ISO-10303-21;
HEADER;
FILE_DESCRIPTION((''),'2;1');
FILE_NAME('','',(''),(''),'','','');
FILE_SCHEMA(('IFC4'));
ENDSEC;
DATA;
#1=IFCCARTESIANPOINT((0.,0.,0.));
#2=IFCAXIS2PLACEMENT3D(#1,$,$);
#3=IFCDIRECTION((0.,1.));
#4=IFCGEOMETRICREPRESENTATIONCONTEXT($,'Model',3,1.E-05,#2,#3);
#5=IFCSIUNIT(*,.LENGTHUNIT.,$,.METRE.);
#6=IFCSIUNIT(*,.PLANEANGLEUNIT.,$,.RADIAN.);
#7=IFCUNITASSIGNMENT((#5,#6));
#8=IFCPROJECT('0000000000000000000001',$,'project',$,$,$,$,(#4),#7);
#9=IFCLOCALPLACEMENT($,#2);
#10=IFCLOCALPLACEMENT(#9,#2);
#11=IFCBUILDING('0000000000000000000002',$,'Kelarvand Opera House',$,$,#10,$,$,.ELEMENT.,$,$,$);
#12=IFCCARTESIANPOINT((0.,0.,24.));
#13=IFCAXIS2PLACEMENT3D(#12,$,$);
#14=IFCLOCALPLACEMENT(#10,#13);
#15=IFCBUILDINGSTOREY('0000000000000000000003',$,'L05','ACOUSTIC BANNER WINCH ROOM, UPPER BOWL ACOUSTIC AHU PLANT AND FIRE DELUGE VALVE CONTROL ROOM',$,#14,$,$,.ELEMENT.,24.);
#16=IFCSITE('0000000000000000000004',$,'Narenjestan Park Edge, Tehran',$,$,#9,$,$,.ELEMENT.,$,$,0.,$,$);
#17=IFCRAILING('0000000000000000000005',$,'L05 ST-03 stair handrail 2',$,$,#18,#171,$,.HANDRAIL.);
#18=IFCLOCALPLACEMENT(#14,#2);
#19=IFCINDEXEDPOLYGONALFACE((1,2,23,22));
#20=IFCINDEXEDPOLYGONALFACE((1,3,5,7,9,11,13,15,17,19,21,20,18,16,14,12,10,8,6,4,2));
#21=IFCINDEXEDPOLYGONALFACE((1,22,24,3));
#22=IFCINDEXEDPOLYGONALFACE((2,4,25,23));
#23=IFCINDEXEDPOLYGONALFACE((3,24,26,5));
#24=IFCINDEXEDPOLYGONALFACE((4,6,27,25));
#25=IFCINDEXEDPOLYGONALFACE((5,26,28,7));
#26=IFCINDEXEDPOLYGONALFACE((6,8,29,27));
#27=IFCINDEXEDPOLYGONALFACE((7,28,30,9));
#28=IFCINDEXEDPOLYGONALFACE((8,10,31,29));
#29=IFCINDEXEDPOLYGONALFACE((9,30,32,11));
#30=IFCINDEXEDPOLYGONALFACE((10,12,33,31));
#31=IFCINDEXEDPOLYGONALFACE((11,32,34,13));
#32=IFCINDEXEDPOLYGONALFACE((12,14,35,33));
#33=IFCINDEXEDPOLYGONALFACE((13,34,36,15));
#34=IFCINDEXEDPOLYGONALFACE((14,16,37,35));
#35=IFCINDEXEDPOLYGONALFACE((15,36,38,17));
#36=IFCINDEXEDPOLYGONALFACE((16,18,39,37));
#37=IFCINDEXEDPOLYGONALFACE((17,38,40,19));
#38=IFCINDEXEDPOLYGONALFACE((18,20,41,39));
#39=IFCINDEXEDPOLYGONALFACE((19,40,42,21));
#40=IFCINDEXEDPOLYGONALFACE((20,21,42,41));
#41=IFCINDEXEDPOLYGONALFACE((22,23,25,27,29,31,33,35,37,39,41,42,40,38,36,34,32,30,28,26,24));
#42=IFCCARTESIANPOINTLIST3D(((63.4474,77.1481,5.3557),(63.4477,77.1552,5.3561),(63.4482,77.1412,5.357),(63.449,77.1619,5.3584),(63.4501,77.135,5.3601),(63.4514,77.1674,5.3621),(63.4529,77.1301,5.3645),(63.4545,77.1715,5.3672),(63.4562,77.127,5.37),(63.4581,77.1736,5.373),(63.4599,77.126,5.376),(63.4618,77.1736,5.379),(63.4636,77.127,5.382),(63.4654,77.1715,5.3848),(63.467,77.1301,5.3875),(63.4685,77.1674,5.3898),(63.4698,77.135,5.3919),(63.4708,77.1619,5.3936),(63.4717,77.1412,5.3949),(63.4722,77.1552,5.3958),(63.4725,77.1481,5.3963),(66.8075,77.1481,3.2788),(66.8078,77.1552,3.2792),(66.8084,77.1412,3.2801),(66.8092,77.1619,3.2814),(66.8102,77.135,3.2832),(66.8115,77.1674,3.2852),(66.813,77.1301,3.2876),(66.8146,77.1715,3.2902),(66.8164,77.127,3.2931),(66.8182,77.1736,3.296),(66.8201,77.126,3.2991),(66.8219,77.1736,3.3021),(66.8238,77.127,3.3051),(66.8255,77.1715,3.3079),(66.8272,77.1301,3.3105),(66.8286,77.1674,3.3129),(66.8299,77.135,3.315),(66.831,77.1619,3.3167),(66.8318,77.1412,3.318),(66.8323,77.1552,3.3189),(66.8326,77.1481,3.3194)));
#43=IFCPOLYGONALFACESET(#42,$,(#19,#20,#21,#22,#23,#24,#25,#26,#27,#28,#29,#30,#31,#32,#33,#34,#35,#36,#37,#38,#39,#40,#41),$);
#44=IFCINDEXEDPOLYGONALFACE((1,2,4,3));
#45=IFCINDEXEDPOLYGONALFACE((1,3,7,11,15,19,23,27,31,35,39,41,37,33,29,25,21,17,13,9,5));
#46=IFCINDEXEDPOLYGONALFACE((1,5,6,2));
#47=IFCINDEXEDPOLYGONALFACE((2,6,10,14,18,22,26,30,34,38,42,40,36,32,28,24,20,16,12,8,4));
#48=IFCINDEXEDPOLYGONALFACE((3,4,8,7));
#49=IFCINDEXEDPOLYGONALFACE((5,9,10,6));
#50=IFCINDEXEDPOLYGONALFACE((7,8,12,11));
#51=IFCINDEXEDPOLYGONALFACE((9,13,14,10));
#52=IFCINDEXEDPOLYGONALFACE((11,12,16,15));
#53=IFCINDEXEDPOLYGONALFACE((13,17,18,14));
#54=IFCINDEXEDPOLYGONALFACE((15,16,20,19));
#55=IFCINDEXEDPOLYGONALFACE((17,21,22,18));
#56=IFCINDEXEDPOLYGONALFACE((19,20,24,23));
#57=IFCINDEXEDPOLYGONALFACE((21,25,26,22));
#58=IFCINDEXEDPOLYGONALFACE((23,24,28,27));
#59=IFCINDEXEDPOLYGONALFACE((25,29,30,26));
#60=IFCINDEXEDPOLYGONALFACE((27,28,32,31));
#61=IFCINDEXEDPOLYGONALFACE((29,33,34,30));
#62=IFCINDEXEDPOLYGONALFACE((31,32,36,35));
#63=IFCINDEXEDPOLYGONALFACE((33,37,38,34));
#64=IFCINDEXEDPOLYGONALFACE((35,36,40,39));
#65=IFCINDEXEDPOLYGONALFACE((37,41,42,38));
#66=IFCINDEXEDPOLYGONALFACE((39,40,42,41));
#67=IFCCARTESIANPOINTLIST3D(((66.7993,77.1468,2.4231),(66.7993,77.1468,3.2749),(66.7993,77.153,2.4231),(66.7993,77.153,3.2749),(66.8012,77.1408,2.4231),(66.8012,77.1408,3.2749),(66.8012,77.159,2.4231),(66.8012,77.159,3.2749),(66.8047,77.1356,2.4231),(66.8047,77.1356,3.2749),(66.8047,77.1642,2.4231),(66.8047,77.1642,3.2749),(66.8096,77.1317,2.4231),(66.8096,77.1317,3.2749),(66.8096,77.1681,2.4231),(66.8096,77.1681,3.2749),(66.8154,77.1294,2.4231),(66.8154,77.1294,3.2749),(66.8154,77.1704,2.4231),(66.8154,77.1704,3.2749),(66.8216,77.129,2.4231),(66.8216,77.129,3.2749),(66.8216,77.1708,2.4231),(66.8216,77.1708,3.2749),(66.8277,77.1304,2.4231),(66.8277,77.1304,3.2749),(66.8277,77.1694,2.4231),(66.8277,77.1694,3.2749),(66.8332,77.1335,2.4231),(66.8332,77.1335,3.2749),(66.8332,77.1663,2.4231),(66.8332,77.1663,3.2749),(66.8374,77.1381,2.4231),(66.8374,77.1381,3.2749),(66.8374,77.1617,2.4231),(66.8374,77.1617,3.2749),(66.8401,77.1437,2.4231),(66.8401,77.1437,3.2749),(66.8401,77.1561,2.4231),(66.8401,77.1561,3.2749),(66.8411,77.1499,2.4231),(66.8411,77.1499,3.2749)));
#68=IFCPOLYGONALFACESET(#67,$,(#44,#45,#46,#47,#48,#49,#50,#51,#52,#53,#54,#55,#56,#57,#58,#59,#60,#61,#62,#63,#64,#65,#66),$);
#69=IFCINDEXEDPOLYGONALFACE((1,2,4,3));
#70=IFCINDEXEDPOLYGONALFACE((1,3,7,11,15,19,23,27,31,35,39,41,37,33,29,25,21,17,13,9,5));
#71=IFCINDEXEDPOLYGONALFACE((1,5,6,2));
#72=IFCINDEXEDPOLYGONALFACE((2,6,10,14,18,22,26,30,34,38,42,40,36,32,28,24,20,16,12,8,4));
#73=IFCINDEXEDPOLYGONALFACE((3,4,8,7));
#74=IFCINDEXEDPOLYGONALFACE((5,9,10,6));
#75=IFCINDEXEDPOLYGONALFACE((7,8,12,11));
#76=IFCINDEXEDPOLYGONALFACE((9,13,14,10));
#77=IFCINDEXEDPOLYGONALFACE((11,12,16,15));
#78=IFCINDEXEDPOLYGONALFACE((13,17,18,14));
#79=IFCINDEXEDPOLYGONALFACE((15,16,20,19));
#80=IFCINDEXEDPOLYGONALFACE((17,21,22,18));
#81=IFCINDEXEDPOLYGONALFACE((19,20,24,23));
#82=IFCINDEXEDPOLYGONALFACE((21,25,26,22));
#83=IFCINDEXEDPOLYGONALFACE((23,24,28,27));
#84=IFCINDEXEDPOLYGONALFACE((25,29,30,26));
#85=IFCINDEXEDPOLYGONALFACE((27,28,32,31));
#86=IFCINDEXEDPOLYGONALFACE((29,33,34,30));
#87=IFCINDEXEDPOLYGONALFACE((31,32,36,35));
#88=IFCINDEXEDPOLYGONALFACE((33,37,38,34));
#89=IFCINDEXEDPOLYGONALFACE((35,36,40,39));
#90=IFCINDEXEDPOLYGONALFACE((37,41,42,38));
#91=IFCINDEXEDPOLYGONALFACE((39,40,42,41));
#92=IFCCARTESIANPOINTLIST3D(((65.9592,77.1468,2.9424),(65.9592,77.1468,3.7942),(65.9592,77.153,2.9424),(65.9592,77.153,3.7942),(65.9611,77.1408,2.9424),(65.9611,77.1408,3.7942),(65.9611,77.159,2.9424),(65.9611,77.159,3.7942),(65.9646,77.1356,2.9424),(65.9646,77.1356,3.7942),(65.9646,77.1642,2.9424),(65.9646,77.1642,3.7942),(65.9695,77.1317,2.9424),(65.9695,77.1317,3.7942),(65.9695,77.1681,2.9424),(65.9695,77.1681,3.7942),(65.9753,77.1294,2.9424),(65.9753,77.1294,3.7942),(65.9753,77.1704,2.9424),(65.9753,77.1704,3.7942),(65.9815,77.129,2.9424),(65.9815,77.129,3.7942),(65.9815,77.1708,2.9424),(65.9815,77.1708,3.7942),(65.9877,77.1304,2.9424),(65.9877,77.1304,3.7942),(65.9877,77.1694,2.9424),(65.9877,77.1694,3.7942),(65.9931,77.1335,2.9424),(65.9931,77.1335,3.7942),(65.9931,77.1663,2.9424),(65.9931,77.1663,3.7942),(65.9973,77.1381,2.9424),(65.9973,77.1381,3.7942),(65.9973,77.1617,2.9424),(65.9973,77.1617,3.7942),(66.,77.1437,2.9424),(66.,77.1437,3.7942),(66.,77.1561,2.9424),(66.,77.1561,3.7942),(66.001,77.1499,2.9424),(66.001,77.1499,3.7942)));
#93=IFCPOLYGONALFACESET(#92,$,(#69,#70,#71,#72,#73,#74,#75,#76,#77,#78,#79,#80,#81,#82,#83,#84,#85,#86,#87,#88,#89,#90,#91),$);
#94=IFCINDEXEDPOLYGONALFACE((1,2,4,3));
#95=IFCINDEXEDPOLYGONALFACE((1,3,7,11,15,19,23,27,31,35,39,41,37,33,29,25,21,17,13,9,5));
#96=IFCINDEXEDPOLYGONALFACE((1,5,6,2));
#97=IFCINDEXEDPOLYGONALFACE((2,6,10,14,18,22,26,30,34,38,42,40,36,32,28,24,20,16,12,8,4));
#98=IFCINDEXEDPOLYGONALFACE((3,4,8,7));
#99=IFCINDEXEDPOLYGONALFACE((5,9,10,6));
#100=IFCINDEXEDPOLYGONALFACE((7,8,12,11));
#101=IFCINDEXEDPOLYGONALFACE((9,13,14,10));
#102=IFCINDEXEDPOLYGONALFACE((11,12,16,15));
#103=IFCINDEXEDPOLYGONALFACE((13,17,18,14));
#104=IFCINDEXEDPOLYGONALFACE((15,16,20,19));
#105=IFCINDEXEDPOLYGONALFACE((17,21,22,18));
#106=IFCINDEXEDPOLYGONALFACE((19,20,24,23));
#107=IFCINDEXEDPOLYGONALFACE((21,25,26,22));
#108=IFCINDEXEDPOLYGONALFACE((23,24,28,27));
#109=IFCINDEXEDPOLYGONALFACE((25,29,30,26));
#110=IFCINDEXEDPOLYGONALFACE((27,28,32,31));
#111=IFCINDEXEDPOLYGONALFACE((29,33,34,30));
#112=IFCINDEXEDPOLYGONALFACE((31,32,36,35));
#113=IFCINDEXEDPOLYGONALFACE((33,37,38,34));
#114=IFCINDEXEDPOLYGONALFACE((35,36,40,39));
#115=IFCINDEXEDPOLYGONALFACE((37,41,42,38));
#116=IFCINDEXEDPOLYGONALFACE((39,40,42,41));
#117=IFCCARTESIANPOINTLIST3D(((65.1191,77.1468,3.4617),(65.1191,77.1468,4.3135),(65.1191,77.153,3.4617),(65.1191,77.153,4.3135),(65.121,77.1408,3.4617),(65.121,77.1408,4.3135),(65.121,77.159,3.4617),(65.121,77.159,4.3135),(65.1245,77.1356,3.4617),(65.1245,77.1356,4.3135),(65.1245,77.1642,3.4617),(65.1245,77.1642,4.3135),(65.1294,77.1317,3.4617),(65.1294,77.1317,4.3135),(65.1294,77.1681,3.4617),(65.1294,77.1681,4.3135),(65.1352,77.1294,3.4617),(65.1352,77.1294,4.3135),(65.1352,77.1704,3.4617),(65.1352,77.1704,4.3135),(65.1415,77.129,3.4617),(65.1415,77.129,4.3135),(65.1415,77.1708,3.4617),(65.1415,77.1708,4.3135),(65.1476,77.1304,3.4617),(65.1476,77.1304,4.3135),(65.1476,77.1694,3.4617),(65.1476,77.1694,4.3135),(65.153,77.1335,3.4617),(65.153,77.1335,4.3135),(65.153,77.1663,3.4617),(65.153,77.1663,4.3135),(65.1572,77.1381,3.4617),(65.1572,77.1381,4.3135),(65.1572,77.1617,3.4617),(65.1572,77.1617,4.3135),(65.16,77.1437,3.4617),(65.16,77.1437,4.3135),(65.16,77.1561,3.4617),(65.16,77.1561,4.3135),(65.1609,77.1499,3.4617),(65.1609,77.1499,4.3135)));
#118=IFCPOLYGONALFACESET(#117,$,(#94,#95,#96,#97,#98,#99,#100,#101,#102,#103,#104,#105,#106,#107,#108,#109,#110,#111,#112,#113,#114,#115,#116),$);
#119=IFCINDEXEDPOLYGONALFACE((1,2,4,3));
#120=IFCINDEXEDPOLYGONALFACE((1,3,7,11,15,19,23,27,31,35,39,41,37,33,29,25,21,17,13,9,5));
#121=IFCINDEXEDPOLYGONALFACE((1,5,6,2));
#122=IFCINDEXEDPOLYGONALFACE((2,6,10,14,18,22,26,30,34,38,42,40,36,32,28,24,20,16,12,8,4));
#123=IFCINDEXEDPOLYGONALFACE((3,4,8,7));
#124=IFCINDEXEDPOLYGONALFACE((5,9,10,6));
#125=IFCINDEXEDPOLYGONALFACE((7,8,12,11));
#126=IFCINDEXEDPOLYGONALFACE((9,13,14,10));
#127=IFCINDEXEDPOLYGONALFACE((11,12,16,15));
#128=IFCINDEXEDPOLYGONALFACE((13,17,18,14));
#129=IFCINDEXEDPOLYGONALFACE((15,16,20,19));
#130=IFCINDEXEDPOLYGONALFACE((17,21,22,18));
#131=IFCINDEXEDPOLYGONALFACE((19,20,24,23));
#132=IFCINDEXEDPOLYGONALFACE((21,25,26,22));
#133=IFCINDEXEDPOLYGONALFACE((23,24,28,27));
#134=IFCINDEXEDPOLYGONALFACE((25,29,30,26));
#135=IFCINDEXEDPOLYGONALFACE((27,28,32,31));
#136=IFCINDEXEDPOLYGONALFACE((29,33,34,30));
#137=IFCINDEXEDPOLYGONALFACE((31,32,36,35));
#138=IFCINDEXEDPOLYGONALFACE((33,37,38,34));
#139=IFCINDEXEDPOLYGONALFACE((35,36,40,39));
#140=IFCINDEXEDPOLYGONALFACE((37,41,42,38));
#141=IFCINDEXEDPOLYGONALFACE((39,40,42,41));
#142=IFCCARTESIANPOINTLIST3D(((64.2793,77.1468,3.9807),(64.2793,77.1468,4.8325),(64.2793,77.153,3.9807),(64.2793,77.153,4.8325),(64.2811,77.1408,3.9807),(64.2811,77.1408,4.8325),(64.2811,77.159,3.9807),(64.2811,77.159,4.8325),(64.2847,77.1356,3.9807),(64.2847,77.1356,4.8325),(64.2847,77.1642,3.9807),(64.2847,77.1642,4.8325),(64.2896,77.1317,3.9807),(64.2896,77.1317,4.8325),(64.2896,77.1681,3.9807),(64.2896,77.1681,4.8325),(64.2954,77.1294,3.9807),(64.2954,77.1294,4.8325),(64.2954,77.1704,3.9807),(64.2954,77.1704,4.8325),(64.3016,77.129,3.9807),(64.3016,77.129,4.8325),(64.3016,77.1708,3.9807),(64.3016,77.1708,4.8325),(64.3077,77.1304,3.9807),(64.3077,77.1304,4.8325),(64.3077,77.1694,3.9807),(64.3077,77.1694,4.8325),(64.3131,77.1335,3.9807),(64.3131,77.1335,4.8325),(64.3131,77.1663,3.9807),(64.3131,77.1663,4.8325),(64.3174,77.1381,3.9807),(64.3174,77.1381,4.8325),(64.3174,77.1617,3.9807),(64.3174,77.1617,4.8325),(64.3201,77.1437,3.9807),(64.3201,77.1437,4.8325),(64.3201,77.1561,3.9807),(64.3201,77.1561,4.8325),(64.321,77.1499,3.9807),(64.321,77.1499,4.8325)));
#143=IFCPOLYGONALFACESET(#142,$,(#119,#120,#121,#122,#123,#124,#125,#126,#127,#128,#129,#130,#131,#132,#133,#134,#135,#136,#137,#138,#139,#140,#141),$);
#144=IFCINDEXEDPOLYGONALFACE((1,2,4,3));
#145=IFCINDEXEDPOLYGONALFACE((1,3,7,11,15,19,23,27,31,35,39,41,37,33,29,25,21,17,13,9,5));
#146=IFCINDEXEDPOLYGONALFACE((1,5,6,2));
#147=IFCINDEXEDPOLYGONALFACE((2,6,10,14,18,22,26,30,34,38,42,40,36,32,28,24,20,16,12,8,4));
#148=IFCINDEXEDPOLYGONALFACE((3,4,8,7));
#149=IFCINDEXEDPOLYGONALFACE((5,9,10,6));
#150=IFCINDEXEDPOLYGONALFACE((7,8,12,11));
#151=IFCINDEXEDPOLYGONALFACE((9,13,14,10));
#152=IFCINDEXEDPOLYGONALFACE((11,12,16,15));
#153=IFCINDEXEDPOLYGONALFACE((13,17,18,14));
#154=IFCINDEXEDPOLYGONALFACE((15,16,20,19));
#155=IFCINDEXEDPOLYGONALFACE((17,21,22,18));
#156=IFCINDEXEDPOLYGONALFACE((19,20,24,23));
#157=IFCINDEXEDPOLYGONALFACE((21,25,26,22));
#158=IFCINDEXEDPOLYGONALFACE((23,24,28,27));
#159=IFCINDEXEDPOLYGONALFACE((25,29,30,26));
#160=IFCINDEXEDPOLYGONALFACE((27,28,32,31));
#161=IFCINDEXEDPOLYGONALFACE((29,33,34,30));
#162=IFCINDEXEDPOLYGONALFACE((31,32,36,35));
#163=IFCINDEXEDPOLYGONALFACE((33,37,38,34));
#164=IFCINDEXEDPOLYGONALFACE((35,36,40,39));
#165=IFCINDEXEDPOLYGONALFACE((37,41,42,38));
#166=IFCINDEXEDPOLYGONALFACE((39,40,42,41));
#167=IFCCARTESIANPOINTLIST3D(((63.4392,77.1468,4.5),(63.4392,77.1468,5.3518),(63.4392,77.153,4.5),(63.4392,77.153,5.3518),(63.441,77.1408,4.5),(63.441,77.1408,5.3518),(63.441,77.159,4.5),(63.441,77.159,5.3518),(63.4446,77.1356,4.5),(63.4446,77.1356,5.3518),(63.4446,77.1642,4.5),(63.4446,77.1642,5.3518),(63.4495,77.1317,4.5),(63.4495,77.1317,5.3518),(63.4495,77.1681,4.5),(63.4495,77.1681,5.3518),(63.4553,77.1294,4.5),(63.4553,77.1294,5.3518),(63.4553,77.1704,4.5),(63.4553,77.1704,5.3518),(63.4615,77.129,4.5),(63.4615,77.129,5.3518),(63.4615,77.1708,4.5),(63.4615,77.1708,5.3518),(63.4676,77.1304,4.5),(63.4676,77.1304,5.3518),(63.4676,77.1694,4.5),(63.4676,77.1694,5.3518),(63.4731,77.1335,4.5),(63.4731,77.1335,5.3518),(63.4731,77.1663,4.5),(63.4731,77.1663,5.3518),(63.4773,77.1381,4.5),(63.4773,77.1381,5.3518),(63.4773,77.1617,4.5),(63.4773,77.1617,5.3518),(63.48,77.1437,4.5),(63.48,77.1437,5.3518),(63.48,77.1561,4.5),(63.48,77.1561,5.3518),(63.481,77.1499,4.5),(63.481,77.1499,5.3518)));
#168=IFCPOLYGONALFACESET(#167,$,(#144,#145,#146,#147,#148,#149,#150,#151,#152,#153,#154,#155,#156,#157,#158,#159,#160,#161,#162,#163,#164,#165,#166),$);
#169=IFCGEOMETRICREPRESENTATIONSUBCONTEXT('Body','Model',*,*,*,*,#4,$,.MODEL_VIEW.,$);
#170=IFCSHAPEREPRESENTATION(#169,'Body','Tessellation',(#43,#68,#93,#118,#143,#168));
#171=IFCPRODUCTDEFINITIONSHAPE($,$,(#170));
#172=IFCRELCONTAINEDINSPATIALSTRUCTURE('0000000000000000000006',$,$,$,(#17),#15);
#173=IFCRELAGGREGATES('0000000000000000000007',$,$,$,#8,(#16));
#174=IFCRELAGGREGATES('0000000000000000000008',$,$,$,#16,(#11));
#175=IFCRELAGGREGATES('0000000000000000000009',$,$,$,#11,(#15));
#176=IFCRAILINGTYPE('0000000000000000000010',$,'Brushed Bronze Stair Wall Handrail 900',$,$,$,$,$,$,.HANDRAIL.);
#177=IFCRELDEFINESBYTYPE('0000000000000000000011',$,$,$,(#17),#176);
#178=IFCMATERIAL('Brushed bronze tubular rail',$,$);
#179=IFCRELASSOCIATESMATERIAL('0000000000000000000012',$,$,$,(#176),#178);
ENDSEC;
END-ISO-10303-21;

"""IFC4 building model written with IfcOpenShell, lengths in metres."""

from ifc_helpers import new_model, si_unit, direction, frame, origin, origin_2d, place, context, subcontext, project, spatial, circle, extrude, material, type_object, element, save


model = new_model("IFC4")

# Units and contexts
model_context = context("Model", 3, precision=1e-05, world=origin(), true_north=direction((0.0, 1.0)))
body_context = subcontext(model_context, "Body", "Model", "MODEL_VIEW")
ifc_project = project(units=[si_unit("LENGTHUNIT", "METRE"), si_unit("PLANEANGLEUNIT", "RADIAN")], contexts=[model_context])

# Site, building, storey
site_placement = place(None, origin())
site = spatial("IfcSite", under=ifc_project, at=site_placement, Name="Narenjestan Park Edge, Tehran", CompositionType="ELEMENT", RefElevation=0.0)
building_placement = place(site_placement, origin())
building = spatial("IfcBuilding", under=site, at=building_placement, Name="Kelarvand Opera House", CompositionType="ELEMENT")
storey_placement = place(building_placement, frame((0.0, 0.0, 24.0)))
storey = spatial("IfcBuildingStorey", under=building, at=storey_placement, Name="L05", Description="ACOUSTIC BANNER WINCH ROOM, UPPER BOWL ACOUSTIC AHU PLANT AND FIRE DELUGE VALVE CONTROL ROOM", CompositionType="ELEMENT", Elevation=24.0)

# Railing
ifc_material_1 = material(Name="Brushed bronze tubular rail")
railing_type_1 = type_object("IfcRailingType", Name="Brushed Bronze Stair Wall Handrail 900", PredefinedType="HANDRAIL", material=ifc_material_1)
railing_1_placement = place(storey_placement, frame((66.8201, 77.1499, 2.4231)))
element("IfcRailing", 1, at=railing_1_placement, inside=storey, type_object=railing_type_1, Name="L05 ST-03 stair handrail 2", PredefinedType="HANDRAIL", context=body_context, shape_type="SweptSolid", body=[
    extrude(circle(Radius=0.0239, at=origin_2d()), frame((0.0, 0.0, 0.876), z_axis=(-0.850623, 0.0, 0.525776), x_axis=(0.0, -1.0, 0.0)), (0.0, 0.0, 1.0), 3.9502),
    extrude(circle(Radius=0.021, at=origin_2d()), origin(), (0.0, 0.0, 1.0), 0.8518),
    extrude(circle(Radius=0.021, at=origin_2d()), frame((-0.8401, 0.0, 0.5193)), (0.0, 0.0, 1.0), 0.8518),
    extrude(circle(Radius=0.021, at=origin_2d()), frame((-1.6802, 0.0, 1.0386)), (0.0, 0.0, 1.0), 0.8518),
    extrude(circle(Radius=0.021, at=origin_2d()), frame((-2.52, 0.0, 1.5576)), (0.0, 0.0, 1.0), 0.8518),
    extrude(circle(Radius=0.021, at=origin_2d()), frame((-3.3601, 0.0, 2.0769)), (0.0, 0.0, 1.0), 0.8518),
])

save(model, "model.ifc")
